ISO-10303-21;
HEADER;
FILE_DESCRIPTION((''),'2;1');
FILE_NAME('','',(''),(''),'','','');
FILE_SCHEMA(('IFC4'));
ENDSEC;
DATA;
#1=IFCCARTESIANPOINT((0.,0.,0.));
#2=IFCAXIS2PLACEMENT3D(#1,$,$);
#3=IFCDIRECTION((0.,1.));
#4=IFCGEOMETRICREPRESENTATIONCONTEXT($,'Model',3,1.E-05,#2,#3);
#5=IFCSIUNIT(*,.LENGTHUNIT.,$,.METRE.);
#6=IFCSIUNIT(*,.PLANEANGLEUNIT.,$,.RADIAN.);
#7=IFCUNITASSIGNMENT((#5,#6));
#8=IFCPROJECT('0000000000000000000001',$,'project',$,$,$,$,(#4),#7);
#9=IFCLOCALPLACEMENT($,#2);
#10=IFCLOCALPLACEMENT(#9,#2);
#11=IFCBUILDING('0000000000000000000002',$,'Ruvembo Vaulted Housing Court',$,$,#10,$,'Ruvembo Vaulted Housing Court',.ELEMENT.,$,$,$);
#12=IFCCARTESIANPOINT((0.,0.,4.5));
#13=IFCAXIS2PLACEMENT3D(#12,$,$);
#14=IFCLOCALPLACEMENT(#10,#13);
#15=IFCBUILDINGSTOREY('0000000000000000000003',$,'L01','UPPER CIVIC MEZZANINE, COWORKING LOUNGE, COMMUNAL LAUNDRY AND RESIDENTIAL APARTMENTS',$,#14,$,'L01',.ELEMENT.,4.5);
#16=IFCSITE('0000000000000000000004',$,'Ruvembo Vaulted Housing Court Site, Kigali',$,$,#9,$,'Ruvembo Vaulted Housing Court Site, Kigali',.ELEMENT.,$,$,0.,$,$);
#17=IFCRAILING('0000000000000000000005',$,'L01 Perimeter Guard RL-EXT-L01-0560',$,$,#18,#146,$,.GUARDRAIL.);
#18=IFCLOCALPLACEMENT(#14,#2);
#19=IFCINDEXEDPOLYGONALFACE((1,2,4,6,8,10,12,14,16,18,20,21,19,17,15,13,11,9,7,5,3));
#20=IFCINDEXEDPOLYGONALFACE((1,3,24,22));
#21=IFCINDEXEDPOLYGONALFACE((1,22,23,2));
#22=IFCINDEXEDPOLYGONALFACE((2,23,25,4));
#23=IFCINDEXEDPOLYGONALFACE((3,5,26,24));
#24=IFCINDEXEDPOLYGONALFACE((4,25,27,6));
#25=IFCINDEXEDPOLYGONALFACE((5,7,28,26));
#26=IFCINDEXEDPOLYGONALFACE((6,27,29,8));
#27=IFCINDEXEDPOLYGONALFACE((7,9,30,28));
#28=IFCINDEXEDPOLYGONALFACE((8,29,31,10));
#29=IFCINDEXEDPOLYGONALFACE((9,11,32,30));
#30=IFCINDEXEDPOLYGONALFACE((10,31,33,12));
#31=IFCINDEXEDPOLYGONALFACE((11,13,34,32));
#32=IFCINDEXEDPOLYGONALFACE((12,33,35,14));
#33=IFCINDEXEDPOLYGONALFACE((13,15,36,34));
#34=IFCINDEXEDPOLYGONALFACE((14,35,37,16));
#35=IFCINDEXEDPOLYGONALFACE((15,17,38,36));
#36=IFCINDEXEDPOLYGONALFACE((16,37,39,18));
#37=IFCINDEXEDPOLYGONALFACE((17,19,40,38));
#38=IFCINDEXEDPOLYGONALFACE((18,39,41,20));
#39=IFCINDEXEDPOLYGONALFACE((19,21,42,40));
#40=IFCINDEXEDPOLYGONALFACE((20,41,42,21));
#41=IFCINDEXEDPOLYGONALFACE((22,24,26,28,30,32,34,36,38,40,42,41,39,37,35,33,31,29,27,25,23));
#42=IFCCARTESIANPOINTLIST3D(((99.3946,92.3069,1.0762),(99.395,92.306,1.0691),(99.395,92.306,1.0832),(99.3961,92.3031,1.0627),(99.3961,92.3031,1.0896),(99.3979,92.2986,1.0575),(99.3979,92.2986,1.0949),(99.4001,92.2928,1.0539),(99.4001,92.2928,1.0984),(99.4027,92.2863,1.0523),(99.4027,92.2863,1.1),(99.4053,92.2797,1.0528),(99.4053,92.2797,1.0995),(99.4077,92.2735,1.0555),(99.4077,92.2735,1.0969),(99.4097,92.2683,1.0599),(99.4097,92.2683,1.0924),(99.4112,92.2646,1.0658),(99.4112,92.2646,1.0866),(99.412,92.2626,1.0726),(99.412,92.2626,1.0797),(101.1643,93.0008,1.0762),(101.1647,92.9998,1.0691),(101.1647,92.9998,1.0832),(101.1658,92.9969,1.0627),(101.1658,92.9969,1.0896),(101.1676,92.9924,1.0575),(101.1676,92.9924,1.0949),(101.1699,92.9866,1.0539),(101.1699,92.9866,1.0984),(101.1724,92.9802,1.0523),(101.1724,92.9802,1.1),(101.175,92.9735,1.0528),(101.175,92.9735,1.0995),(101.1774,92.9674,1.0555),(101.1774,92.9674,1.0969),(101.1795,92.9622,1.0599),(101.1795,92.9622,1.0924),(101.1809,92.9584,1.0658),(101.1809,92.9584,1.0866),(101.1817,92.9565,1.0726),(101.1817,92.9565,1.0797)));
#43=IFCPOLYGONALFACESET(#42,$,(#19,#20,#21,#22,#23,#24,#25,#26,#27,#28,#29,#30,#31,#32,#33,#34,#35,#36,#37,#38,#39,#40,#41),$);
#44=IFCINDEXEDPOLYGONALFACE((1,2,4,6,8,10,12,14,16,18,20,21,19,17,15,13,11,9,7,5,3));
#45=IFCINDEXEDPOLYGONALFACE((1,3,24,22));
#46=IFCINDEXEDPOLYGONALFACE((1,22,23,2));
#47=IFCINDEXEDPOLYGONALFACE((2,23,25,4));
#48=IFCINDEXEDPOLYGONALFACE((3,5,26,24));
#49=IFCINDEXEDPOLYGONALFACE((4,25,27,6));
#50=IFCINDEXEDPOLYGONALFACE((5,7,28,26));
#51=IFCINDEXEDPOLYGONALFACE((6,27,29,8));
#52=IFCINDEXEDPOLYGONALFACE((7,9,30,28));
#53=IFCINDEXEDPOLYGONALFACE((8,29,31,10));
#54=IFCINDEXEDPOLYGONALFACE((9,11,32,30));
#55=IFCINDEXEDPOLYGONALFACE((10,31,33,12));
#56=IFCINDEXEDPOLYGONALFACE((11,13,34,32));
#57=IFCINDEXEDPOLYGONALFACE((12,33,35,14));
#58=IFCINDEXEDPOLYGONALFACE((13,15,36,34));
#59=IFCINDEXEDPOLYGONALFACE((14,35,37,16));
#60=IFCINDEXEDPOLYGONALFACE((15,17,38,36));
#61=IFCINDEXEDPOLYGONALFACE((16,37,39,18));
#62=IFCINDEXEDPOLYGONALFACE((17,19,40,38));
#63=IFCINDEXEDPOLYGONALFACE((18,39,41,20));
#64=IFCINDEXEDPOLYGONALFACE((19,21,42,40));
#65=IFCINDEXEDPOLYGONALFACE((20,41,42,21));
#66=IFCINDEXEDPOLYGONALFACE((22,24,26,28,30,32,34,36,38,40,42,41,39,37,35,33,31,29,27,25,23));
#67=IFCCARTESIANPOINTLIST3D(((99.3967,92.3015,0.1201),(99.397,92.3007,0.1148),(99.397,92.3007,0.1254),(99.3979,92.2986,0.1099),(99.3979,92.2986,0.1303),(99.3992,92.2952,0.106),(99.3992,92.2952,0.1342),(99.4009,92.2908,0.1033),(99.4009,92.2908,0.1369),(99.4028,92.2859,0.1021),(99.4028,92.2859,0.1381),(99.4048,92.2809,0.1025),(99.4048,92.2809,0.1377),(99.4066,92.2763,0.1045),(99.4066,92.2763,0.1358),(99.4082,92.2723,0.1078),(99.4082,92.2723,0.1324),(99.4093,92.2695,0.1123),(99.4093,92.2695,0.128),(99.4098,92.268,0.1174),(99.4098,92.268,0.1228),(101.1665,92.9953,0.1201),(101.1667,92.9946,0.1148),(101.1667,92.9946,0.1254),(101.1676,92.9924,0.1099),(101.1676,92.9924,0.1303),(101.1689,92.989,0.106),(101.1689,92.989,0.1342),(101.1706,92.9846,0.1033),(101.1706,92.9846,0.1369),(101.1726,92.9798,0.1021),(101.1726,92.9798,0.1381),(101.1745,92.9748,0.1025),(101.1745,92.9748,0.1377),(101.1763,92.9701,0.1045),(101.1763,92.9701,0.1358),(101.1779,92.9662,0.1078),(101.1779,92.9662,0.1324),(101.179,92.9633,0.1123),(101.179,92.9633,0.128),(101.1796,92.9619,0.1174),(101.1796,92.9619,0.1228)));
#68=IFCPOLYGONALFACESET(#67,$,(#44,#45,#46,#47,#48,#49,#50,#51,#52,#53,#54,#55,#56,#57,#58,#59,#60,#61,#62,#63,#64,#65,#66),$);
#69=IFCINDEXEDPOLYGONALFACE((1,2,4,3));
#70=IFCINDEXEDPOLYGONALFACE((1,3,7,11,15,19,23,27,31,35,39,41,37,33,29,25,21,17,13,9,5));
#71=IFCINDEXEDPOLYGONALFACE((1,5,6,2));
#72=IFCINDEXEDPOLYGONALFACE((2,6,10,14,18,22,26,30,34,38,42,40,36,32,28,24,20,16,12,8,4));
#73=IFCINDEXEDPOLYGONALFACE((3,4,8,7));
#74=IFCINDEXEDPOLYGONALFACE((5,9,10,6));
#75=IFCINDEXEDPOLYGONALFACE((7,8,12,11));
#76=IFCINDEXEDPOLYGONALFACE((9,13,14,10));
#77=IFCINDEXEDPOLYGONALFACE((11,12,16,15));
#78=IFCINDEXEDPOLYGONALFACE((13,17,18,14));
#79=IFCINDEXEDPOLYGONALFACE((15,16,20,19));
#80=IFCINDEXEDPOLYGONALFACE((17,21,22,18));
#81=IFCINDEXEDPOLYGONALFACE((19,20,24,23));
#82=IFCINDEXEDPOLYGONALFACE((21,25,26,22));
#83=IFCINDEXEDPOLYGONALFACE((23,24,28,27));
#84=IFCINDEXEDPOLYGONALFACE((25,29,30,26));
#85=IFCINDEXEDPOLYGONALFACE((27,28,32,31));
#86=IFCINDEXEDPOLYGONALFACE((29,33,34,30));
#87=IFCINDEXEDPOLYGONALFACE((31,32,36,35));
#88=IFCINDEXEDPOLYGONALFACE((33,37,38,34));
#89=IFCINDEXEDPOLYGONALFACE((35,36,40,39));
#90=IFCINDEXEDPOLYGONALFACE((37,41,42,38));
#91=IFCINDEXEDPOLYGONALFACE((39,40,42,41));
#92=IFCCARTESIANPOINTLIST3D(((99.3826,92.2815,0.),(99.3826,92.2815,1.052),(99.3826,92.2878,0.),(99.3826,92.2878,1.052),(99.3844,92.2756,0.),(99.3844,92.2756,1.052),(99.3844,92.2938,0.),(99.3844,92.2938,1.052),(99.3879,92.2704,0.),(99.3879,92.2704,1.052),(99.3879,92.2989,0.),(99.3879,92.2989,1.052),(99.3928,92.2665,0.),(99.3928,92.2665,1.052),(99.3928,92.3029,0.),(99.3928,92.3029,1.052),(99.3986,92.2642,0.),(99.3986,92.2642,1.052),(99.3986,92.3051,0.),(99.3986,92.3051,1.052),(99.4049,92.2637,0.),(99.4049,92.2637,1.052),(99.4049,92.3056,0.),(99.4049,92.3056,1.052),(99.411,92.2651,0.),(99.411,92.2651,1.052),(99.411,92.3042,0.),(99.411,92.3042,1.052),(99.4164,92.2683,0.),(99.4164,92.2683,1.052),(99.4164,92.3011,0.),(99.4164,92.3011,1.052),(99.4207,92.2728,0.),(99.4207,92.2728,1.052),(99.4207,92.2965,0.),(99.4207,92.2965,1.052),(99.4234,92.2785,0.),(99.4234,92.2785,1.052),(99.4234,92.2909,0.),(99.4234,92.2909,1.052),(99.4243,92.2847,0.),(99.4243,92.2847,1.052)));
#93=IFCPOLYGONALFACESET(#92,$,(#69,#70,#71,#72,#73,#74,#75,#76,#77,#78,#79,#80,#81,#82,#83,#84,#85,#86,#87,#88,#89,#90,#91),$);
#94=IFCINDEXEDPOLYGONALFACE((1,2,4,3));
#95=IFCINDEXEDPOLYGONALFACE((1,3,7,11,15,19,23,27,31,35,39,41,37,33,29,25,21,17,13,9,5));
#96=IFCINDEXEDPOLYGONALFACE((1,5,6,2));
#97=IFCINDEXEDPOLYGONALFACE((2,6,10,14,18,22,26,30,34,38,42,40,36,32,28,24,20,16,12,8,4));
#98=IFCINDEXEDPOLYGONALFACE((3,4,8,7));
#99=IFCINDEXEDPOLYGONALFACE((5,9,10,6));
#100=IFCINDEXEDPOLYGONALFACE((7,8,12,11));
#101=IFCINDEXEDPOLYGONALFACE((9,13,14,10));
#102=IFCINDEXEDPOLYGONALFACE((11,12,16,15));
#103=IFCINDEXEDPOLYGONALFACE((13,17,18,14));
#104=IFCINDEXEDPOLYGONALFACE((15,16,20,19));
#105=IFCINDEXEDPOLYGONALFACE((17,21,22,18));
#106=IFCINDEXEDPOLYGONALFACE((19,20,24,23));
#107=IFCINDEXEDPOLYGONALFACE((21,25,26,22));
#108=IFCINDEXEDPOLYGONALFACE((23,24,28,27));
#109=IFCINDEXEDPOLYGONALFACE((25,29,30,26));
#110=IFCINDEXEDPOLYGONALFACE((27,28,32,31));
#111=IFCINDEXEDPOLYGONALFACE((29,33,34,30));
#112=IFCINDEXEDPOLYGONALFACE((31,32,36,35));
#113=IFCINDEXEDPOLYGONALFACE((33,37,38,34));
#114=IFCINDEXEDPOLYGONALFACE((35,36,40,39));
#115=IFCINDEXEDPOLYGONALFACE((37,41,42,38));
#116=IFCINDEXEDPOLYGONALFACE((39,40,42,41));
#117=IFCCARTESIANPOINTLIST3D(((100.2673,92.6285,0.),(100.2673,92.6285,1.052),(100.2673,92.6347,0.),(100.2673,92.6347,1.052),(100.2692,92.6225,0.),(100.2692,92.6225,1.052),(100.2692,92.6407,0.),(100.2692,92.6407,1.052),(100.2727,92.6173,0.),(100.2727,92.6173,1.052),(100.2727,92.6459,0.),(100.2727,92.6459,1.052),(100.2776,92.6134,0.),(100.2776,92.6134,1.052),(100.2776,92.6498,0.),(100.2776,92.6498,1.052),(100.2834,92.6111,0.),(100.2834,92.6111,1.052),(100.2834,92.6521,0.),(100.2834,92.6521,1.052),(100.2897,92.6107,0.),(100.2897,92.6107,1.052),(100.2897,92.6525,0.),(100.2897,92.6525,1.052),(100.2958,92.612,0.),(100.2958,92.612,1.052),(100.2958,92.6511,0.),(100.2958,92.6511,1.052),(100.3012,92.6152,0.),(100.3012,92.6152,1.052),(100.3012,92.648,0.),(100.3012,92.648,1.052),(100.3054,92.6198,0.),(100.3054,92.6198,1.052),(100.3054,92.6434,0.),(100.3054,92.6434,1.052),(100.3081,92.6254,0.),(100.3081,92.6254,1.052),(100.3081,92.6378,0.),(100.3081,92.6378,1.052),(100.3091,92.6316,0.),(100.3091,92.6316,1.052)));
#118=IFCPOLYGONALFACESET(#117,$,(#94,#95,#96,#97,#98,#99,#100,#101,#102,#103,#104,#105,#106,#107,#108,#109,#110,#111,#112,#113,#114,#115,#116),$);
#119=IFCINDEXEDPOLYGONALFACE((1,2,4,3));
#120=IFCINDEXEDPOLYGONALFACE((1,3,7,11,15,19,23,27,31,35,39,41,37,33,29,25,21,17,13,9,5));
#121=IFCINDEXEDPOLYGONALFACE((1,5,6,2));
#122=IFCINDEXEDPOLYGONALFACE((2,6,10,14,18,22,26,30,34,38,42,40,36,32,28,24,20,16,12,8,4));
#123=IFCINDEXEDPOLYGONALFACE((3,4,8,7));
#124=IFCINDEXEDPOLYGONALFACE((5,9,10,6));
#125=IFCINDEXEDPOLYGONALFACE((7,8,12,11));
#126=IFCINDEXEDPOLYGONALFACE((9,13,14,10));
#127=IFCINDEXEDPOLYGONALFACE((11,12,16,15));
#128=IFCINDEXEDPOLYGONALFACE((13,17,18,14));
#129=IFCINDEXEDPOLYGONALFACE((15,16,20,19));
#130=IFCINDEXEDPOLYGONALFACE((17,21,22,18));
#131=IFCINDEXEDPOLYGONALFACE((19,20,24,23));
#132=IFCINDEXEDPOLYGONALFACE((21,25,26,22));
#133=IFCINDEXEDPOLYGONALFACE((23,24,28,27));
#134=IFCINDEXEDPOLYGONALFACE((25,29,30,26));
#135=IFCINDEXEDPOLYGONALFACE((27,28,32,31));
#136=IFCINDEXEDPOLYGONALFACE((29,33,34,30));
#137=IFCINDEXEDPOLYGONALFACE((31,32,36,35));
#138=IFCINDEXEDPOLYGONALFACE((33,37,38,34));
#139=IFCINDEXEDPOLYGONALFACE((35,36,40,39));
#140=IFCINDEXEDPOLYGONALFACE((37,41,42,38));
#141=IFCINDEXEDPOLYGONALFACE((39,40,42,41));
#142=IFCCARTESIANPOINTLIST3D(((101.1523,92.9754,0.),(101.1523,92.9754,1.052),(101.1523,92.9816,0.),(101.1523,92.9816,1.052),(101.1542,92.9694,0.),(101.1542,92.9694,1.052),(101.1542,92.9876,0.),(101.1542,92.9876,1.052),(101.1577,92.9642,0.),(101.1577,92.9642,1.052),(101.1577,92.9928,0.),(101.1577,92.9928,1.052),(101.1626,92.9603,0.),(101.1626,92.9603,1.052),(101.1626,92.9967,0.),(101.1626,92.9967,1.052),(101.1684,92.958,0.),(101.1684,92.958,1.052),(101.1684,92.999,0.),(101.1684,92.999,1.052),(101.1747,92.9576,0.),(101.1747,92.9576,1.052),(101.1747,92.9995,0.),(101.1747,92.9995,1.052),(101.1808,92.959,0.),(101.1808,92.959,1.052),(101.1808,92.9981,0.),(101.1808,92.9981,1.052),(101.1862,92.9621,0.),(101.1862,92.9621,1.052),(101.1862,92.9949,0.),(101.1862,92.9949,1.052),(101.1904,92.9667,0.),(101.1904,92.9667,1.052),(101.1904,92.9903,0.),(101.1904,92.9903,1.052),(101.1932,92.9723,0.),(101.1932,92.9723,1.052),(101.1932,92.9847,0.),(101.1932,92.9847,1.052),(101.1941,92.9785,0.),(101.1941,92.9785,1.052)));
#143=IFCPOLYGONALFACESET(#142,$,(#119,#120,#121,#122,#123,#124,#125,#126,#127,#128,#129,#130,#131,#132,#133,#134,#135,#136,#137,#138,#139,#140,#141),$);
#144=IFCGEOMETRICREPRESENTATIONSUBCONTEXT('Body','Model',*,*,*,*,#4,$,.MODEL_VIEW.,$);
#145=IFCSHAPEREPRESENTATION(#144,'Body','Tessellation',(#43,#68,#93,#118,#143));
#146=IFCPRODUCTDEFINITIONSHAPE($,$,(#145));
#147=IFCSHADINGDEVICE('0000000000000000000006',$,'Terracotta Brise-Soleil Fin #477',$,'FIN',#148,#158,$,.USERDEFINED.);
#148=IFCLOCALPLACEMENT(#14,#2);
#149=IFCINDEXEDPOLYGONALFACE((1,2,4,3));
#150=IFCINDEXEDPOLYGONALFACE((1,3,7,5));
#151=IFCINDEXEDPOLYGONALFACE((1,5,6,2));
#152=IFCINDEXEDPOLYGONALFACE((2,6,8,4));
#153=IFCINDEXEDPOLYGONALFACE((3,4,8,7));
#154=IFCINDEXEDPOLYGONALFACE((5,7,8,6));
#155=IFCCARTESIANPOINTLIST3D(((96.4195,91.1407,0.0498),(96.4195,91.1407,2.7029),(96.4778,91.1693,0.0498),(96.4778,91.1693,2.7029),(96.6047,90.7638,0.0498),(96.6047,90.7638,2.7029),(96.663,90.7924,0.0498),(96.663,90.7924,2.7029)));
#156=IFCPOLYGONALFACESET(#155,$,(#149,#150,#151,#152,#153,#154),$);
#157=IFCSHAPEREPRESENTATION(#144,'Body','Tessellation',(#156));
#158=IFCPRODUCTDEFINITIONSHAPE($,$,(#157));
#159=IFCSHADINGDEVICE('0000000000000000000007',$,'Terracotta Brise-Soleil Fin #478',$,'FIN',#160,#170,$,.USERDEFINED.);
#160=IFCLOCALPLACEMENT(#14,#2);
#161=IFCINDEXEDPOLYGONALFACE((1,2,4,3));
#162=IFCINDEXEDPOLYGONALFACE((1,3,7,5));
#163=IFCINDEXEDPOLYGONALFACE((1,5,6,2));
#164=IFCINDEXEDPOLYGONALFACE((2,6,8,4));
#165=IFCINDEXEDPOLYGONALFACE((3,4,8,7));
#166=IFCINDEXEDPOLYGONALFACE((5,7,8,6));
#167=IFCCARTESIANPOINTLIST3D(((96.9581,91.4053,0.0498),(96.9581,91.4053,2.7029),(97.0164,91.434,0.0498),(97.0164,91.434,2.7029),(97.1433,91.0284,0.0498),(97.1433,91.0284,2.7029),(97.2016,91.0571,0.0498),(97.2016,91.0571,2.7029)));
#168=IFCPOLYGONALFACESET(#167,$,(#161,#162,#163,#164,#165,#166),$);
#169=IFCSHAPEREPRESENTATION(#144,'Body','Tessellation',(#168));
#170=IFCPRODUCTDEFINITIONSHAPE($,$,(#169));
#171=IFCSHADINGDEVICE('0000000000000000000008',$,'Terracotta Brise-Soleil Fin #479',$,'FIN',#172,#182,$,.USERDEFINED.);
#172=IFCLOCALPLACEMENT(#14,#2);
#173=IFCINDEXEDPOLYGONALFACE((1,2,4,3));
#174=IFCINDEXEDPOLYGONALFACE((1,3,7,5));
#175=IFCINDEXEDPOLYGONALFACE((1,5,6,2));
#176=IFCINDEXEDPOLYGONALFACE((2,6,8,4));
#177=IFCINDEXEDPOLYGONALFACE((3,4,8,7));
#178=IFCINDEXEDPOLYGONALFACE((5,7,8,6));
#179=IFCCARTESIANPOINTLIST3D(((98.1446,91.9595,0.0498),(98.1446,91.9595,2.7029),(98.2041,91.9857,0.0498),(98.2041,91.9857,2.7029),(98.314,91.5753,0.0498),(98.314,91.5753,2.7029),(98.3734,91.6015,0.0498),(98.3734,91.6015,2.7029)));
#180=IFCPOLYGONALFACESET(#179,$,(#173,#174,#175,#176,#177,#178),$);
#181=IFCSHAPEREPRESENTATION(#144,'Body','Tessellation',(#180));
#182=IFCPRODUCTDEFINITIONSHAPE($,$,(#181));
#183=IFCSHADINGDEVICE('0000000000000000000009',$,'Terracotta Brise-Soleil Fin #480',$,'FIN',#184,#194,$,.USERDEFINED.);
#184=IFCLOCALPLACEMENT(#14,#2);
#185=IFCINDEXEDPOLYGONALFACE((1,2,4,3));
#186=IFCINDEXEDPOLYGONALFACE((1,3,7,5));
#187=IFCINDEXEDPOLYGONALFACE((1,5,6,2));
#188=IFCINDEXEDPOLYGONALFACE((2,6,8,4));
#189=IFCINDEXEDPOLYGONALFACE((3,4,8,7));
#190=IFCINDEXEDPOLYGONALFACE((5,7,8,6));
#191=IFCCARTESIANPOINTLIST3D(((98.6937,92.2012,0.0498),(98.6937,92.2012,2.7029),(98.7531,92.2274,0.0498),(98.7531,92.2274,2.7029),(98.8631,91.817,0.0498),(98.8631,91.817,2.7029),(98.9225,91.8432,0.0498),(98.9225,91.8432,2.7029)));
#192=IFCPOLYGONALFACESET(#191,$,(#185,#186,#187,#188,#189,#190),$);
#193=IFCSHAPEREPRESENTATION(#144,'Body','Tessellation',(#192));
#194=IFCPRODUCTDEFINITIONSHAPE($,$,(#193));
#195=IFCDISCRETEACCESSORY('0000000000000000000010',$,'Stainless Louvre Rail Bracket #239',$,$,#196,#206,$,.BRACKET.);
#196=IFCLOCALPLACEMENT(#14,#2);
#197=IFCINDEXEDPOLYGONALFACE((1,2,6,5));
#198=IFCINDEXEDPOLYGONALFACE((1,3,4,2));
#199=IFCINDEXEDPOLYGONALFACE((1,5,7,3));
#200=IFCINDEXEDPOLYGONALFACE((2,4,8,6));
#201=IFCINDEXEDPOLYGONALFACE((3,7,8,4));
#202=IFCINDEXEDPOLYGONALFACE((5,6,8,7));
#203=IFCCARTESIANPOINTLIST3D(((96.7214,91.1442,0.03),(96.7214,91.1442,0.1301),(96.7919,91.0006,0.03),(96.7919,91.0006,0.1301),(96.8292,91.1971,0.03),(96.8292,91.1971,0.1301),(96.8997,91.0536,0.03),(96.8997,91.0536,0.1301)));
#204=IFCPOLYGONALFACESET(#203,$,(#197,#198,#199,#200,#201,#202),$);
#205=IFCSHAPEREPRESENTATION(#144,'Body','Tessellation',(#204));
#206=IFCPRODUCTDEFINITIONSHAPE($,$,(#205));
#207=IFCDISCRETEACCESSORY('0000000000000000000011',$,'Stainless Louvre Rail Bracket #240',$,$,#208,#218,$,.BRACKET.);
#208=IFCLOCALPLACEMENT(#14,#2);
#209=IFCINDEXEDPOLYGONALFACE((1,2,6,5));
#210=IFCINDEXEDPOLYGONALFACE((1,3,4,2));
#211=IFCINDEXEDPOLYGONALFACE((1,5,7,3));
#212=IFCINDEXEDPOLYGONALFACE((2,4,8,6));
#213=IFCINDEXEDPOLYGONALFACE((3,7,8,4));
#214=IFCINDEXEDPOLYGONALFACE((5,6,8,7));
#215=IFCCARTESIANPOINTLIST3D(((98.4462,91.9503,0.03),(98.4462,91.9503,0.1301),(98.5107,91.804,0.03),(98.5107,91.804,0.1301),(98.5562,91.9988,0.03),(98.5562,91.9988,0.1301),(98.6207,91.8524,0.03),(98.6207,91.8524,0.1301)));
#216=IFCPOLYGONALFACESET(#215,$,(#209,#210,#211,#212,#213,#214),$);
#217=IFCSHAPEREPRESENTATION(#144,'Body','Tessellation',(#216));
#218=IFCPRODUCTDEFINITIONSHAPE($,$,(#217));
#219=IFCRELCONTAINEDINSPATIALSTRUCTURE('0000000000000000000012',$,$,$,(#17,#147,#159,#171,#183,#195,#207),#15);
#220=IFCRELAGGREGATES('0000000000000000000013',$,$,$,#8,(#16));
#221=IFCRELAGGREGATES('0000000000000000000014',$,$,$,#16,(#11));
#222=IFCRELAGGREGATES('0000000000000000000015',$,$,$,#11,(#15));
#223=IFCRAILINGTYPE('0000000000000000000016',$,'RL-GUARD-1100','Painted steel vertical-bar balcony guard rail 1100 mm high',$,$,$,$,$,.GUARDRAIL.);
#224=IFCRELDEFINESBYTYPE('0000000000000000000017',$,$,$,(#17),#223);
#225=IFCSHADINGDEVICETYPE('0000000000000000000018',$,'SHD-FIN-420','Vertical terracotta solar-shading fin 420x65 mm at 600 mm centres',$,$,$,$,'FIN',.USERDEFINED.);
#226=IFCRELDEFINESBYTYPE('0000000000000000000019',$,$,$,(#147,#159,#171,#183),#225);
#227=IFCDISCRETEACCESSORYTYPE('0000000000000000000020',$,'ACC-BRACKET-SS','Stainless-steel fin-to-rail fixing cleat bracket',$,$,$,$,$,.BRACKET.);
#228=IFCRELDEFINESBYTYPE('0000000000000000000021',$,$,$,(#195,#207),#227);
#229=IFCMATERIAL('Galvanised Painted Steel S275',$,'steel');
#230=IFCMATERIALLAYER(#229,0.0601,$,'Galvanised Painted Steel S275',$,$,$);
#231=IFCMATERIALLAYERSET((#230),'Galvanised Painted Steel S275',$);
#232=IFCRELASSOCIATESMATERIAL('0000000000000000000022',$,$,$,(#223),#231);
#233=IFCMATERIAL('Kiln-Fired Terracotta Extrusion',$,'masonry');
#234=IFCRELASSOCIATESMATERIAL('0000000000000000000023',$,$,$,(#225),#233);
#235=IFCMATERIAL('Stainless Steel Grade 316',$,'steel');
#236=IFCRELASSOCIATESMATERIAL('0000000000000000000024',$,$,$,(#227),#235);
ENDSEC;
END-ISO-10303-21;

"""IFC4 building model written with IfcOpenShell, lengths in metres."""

from ifc_helpers import new_model, si_unit, direction, frame, origin, origin_2d, place, context, subcontext, project, spatial, rectangle, circle, extrude, material, layer, layer_set, type_object, element, save


model = new_model("IFC4")

# Units and contexts
model_context = context("Model", 3, precision=1e-05, world=origin(), true_north=direction((0.0, 1.0)))
body_context = subcontext(model_context, "Body", "Model", "MODEL_VIEW")
ifc_project = project(units=[si_unit("LENGTHUNIT", "METRE"), si_unit("PLANEANGLEUNIT", "RADIAN")], contexts=[model_context])

# Site, building, storey
site_placement = place(None, origin())
site = spatial("IfcSite", under=ifc_project, at=site_placement, Name="Ruvembo Vaulted Housing Court Site, Kigali", LongName="Ruvembo Vaulted Housing Court Site, Kigali", CompositionType="ELEMENT", RefElevation=0.0)
building_placement = place(site_placement, origin())
building = spatial("IfcBuilding", under=site, at=building_placement, Name="Ruvembo Vaulted Housing Court", LongName="Ruvembo Vaulted Housing Court", CompositionType="ELEMENT")
storey_placement = place(building_placement, frame((0.0, 0.0, 4.5)))
storey = spatial("IfcBuildingStorey", under=building, at=storey_placement, Name="L01", Description="UPPER CIVIC MEZZANINE, COWORKING LOUNGE, COMMUNAL LAUNDRY AND RESIDENTIAL APARTMENTS", LongName="L01", CompositionType="ELEMENT", Elevation=4.5)

# Railing
ifc_material_1 = material(Name="Galvanised Painted Steel S275", Category="steel")
ifc_layer_1 = layer(ifc_material_1, 0.0601, Name="Galvanised Painted Steel S275")
ifc_layer_set_1 = layer_set([ifc_layer_1], Name="Galvanised Painted Steel S275")
railing_type = type_object("IfcRailingType", Name="RL-GUARD-1100", Description="Painted steel vertical-bar balcony guard rail 1100 mm high", PredefinedType="GUARDRAIL", material=ifc_layer_set_1)
railing_1_placement = place(storey_placement, frame((99.4033, 92.2847, 0.0)))
element("IfcRailing", 1, at=railing_1_placement, inside=storey, type_object=railing_type, Name="L01 Perimeter Guard RL-EXT-L01-0560", PredefinedType="GUARDRAIL", context=body_context, shape_type="SweptSolid", body=[
    extrude(circle(Radius=0.0239, at=origin_2d()), frame((0.0, 0.0, 1.0762), z_axis=(0.931006, 0.365005, 0.0), x_axis=(-0.365005, 0.931006, 0.0)), (0.0, 0.0, 1.0), 1.9009),
    extrude(circle(Radius=0.0181, at=origin_2d()), frame((0.0, 0.0, 0.1201), z_axis=(0.931006, 0.365005, 0.0), x_axis=(-0.365005, 0.931006, 0.0)), (0.0, 0.0, 1.0), 1.9009),
    extrude(circle(Radius=0.021, at=origin_2d()), origin(), (0.0, 0.0, 1.0), 1.052),
    extrude(circle(Radius=0.021, at=origin_2d()), frame((0.8848, 0.3469, 0.0)), (0.0, 0.0, 1.0), 1.052),
    extrude(circle(Radius=0.021, at=origin_2d()), frame((1.7698, 0.6938, 0.0)), (0.0, 0.0, 1.0), 1.052),
])

# Shading devices
ifc_material_2 = material(Name="Kiln-Fired Terracotta Extrusion", Category="masonry")
shading_device_type = type_object("IfcShadingDeviceType", Name="SHD-FIN-420", Description="Vertical terracotta solar-shading fin 420x65 mm at 600 mm centres", ElementType="FIN", PredefinedType="USERDEFINED", material=ifc_material_2)
for number, where, z_axis, x_axis, name in (
    (2, (96.5413, 90.9666, 0.0498), (0.0, 0.0, 1.0), (0.440911, -0.897551, 0.0), "Terracotta Brise-Soleil Fin #477"),
    (3, (97.0798, 91.2312, 0.0498), (0.0, 0.0, 1.0), (0.440911, -0.897551, 0.0), "Terracotta Brise-Soleil Fin #478"),
    (4, (98.259, 91.7805, 0.0498), (0.0, 0.0, 1.0), (0.403306, -0.915065, 0.0), "Terracotta Brise-Soleil Fin #479"),
    (5, (98.8081, 92.0222, 0.0498), (0.0, 0.0, 1.0), (0.403306, -0.915065, 0.0), "Terracotta Brise-Soleil Fin #480"),
):
    element("IfcShadingDevice", number, at=place(storey_placement, frame(where, z_axis=z_axis, x_axis=x_axis)), inside=storey, type_object=shading_device_type, Name=name, ObjectType="FIN", PredefinedType="USERDEFINED", context=body_context, shape_type="SweptSolid", body=[
        extrude(rectangle(XDim=0.4199, YDim=0.0649, at=origin_2d()), origin(), (0.0, 0.0, 1.0), 2.6531),
    ])

# Discrete accessories
ifc_material_3 = material(Name="Stainless Steel Grade 316", Category="steel")
discrete_accessory_type = type_object("IfcDiscreteAccessoryType", Name="ACC-BRACKET-SS", Description="Stainless-steel fin-to-rail fixing cleat bracket", PredefinedType="BRACKET", material=ifc_material_3)
for number, where, z_axis, x_axis, name in (
    (6, (96.8105, 91.0989, 0.03), (0.0, 0.0, 1.0), (0.440911, -0.897551, 0.0), "Stainless Louvre Rail Bracket #239"),
    (7, (98.5334, 91.9014, 0.03), (0.0, 0.0, 1.0), (0.403306, -0.915065, 0.0), "Stainless Louvre Rail Bracket #240"),
):
    element("IfcDiscreteAccessory", number, at=place(storey_placement, frame(where, z_axis=z_axis, x_axis=x_axis)), inside=storey, type_object=discrete_accessory_type, Name=name, PredefinedType="BRACKET", context=body_context, shape_type="SweptSolid", body=[
        extrude(rectangle(XDim=0.1599, YDim=0.1201, at=origin_2d()), origin(), (0.0, 0.0, 1.0), 0.1001),
    ])

save(model, "model.ifc")
